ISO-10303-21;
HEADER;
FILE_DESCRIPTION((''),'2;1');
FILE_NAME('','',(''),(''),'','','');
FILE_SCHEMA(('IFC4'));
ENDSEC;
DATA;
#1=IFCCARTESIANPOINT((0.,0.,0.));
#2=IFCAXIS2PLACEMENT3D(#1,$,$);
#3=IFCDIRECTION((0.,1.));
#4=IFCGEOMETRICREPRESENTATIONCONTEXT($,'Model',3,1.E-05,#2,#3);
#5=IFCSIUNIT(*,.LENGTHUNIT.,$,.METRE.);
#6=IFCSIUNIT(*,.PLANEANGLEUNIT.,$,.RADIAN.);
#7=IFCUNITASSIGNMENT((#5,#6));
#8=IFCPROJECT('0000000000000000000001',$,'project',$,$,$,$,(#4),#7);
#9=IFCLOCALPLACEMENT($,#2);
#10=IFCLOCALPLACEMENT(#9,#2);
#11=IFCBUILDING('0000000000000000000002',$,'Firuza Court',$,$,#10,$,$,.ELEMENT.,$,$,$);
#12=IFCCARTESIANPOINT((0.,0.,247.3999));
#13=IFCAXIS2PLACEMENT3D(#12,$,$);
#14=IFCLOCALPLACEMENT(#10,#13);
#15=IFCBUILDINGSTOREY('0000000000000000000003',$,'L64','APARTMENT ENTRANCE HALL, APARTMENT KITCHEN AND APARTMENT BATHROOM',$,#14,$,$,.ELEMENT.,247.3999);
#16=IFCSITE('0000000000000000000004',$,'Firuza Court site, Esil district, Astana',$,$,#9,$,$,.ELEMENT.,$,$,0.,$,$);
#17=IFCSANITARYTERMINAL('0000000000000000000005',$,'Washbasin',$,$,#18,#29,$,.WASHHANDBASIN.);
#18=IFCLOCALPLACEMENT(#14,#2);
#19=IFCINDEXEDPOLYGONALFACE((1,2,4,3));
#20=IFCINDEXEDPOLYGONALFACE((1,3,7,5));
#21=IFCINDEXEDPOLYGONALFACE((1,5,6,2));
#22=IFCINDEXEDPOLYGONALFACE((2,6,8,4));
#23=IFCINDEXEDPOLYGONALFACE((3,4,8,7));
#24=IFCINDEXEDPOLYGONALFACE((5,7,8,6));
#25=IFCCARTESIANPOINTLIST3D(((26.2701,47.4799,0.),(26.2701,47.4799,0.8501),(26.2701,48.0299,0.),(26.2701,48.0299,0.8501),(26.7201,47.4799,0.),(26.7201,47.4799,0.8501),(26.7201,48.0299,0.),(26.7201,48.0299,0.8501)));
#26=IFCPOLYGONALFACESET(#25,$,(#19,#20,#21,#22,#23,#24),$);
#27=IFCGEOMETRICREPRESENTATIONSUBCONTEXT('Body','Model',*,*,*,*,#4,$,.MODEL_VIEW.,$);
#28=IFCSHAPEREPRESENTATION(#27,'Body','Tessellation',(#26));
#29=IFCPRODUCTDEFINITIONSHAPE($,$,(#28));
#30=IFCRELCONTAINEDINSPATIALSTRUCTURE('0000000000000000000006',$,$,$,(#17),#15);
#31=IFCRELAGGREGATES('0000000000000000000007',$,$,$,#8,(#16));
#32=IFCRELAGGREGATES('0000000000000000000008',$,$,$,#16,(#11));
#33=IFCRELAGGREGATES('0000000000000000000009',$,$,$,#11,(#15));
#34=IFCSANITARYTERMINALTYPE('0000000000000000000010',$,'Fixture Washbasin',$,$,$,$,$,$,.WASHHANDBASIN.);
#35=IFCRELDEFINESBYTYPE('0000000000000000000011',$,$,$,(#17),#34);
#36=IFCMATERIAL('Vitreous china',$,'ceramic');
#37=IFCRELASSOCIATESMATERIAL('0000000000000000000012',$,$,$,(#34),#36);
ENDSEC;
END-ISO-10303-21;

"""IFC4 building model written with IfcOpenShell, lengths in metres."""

from ifc_helpers import new_model, si_unit, direction, frame, origin, origin_2d, place, context, subcontext, project, spatial, rectangle, extrude, material, type_object, element, save


model = new_model("IFC4")

# Units and contexts
model_context = context("Model", 3, precision=1e-05, world=origin(), true_north=direction((0.0, 1.0)))
body_context = subcontext(model_context, "Body", "Model", "MODEL_VIEW")
ifc_project = project(units=[si_unit("LENGTHUNIT", "METRE"), si_unit("PLANEANGLEUNIT", "RADIAN")], contexts=[model_context])

# Site, building, storey
site_placement = place(None, origin())
site = spatial("IfcSite", under=ifc_project, at=site_placement, Name="Firuza Court site, Esil district, Astana", CompositionType="ELEMENT", RefElevation=0.0)
building_placement = place(site_placement, origin())
building = spatial("IfcBuilding", under=site, at=building_placement, Name="Firuza Court", CompositionType="ELEMENT")
storey_placement = place(building_placement, frame((0.0, 0.0, 247.3999)))
storey = spatial("IfcBuildingStorey", under=building, at=storey_placement, Name="L64", Description="APARTMENT ENTRANCE HALL, APARTMENT KITCHEN AND APARTMENT BATHROOM", CompositionType="ELEMENT", Elevation=247.3999)

# Sanitary terminal
ifc_material_1 = material(Name="Vitreous china", Category="ceramic")
sanitary_terminal_type_1 = type_object("IfcSanitaryTerminalType", Name="Fixture Washbasin", PredefinedType="WASHHANDBASIN", material=ifc_material_1)
sanitary_terminal_1_placement = place(storey_placement, frame((26.4951, 47.7549, 0.0), z_axis=(0.0, 0.0, 1.0), x_axis=(1.0, 0.0, 0.0)))
element("IfcSanitaryTerminal", 1, at=sanitary_terminal_1_placement, inside=storey, type_object=sanitary_terminal_type_1, Name="Washbasin", PredefinedType="WASHHANDBASIN", context=body_context, shape_type="SweptSolid", body=[
    extrude(rectangle(XDim=0.45, YDim=0.55, at=origin_2d()), origin(), (0.0, 0.0, 1.0), 0.8501),
])

save(model, "model.ifc")
